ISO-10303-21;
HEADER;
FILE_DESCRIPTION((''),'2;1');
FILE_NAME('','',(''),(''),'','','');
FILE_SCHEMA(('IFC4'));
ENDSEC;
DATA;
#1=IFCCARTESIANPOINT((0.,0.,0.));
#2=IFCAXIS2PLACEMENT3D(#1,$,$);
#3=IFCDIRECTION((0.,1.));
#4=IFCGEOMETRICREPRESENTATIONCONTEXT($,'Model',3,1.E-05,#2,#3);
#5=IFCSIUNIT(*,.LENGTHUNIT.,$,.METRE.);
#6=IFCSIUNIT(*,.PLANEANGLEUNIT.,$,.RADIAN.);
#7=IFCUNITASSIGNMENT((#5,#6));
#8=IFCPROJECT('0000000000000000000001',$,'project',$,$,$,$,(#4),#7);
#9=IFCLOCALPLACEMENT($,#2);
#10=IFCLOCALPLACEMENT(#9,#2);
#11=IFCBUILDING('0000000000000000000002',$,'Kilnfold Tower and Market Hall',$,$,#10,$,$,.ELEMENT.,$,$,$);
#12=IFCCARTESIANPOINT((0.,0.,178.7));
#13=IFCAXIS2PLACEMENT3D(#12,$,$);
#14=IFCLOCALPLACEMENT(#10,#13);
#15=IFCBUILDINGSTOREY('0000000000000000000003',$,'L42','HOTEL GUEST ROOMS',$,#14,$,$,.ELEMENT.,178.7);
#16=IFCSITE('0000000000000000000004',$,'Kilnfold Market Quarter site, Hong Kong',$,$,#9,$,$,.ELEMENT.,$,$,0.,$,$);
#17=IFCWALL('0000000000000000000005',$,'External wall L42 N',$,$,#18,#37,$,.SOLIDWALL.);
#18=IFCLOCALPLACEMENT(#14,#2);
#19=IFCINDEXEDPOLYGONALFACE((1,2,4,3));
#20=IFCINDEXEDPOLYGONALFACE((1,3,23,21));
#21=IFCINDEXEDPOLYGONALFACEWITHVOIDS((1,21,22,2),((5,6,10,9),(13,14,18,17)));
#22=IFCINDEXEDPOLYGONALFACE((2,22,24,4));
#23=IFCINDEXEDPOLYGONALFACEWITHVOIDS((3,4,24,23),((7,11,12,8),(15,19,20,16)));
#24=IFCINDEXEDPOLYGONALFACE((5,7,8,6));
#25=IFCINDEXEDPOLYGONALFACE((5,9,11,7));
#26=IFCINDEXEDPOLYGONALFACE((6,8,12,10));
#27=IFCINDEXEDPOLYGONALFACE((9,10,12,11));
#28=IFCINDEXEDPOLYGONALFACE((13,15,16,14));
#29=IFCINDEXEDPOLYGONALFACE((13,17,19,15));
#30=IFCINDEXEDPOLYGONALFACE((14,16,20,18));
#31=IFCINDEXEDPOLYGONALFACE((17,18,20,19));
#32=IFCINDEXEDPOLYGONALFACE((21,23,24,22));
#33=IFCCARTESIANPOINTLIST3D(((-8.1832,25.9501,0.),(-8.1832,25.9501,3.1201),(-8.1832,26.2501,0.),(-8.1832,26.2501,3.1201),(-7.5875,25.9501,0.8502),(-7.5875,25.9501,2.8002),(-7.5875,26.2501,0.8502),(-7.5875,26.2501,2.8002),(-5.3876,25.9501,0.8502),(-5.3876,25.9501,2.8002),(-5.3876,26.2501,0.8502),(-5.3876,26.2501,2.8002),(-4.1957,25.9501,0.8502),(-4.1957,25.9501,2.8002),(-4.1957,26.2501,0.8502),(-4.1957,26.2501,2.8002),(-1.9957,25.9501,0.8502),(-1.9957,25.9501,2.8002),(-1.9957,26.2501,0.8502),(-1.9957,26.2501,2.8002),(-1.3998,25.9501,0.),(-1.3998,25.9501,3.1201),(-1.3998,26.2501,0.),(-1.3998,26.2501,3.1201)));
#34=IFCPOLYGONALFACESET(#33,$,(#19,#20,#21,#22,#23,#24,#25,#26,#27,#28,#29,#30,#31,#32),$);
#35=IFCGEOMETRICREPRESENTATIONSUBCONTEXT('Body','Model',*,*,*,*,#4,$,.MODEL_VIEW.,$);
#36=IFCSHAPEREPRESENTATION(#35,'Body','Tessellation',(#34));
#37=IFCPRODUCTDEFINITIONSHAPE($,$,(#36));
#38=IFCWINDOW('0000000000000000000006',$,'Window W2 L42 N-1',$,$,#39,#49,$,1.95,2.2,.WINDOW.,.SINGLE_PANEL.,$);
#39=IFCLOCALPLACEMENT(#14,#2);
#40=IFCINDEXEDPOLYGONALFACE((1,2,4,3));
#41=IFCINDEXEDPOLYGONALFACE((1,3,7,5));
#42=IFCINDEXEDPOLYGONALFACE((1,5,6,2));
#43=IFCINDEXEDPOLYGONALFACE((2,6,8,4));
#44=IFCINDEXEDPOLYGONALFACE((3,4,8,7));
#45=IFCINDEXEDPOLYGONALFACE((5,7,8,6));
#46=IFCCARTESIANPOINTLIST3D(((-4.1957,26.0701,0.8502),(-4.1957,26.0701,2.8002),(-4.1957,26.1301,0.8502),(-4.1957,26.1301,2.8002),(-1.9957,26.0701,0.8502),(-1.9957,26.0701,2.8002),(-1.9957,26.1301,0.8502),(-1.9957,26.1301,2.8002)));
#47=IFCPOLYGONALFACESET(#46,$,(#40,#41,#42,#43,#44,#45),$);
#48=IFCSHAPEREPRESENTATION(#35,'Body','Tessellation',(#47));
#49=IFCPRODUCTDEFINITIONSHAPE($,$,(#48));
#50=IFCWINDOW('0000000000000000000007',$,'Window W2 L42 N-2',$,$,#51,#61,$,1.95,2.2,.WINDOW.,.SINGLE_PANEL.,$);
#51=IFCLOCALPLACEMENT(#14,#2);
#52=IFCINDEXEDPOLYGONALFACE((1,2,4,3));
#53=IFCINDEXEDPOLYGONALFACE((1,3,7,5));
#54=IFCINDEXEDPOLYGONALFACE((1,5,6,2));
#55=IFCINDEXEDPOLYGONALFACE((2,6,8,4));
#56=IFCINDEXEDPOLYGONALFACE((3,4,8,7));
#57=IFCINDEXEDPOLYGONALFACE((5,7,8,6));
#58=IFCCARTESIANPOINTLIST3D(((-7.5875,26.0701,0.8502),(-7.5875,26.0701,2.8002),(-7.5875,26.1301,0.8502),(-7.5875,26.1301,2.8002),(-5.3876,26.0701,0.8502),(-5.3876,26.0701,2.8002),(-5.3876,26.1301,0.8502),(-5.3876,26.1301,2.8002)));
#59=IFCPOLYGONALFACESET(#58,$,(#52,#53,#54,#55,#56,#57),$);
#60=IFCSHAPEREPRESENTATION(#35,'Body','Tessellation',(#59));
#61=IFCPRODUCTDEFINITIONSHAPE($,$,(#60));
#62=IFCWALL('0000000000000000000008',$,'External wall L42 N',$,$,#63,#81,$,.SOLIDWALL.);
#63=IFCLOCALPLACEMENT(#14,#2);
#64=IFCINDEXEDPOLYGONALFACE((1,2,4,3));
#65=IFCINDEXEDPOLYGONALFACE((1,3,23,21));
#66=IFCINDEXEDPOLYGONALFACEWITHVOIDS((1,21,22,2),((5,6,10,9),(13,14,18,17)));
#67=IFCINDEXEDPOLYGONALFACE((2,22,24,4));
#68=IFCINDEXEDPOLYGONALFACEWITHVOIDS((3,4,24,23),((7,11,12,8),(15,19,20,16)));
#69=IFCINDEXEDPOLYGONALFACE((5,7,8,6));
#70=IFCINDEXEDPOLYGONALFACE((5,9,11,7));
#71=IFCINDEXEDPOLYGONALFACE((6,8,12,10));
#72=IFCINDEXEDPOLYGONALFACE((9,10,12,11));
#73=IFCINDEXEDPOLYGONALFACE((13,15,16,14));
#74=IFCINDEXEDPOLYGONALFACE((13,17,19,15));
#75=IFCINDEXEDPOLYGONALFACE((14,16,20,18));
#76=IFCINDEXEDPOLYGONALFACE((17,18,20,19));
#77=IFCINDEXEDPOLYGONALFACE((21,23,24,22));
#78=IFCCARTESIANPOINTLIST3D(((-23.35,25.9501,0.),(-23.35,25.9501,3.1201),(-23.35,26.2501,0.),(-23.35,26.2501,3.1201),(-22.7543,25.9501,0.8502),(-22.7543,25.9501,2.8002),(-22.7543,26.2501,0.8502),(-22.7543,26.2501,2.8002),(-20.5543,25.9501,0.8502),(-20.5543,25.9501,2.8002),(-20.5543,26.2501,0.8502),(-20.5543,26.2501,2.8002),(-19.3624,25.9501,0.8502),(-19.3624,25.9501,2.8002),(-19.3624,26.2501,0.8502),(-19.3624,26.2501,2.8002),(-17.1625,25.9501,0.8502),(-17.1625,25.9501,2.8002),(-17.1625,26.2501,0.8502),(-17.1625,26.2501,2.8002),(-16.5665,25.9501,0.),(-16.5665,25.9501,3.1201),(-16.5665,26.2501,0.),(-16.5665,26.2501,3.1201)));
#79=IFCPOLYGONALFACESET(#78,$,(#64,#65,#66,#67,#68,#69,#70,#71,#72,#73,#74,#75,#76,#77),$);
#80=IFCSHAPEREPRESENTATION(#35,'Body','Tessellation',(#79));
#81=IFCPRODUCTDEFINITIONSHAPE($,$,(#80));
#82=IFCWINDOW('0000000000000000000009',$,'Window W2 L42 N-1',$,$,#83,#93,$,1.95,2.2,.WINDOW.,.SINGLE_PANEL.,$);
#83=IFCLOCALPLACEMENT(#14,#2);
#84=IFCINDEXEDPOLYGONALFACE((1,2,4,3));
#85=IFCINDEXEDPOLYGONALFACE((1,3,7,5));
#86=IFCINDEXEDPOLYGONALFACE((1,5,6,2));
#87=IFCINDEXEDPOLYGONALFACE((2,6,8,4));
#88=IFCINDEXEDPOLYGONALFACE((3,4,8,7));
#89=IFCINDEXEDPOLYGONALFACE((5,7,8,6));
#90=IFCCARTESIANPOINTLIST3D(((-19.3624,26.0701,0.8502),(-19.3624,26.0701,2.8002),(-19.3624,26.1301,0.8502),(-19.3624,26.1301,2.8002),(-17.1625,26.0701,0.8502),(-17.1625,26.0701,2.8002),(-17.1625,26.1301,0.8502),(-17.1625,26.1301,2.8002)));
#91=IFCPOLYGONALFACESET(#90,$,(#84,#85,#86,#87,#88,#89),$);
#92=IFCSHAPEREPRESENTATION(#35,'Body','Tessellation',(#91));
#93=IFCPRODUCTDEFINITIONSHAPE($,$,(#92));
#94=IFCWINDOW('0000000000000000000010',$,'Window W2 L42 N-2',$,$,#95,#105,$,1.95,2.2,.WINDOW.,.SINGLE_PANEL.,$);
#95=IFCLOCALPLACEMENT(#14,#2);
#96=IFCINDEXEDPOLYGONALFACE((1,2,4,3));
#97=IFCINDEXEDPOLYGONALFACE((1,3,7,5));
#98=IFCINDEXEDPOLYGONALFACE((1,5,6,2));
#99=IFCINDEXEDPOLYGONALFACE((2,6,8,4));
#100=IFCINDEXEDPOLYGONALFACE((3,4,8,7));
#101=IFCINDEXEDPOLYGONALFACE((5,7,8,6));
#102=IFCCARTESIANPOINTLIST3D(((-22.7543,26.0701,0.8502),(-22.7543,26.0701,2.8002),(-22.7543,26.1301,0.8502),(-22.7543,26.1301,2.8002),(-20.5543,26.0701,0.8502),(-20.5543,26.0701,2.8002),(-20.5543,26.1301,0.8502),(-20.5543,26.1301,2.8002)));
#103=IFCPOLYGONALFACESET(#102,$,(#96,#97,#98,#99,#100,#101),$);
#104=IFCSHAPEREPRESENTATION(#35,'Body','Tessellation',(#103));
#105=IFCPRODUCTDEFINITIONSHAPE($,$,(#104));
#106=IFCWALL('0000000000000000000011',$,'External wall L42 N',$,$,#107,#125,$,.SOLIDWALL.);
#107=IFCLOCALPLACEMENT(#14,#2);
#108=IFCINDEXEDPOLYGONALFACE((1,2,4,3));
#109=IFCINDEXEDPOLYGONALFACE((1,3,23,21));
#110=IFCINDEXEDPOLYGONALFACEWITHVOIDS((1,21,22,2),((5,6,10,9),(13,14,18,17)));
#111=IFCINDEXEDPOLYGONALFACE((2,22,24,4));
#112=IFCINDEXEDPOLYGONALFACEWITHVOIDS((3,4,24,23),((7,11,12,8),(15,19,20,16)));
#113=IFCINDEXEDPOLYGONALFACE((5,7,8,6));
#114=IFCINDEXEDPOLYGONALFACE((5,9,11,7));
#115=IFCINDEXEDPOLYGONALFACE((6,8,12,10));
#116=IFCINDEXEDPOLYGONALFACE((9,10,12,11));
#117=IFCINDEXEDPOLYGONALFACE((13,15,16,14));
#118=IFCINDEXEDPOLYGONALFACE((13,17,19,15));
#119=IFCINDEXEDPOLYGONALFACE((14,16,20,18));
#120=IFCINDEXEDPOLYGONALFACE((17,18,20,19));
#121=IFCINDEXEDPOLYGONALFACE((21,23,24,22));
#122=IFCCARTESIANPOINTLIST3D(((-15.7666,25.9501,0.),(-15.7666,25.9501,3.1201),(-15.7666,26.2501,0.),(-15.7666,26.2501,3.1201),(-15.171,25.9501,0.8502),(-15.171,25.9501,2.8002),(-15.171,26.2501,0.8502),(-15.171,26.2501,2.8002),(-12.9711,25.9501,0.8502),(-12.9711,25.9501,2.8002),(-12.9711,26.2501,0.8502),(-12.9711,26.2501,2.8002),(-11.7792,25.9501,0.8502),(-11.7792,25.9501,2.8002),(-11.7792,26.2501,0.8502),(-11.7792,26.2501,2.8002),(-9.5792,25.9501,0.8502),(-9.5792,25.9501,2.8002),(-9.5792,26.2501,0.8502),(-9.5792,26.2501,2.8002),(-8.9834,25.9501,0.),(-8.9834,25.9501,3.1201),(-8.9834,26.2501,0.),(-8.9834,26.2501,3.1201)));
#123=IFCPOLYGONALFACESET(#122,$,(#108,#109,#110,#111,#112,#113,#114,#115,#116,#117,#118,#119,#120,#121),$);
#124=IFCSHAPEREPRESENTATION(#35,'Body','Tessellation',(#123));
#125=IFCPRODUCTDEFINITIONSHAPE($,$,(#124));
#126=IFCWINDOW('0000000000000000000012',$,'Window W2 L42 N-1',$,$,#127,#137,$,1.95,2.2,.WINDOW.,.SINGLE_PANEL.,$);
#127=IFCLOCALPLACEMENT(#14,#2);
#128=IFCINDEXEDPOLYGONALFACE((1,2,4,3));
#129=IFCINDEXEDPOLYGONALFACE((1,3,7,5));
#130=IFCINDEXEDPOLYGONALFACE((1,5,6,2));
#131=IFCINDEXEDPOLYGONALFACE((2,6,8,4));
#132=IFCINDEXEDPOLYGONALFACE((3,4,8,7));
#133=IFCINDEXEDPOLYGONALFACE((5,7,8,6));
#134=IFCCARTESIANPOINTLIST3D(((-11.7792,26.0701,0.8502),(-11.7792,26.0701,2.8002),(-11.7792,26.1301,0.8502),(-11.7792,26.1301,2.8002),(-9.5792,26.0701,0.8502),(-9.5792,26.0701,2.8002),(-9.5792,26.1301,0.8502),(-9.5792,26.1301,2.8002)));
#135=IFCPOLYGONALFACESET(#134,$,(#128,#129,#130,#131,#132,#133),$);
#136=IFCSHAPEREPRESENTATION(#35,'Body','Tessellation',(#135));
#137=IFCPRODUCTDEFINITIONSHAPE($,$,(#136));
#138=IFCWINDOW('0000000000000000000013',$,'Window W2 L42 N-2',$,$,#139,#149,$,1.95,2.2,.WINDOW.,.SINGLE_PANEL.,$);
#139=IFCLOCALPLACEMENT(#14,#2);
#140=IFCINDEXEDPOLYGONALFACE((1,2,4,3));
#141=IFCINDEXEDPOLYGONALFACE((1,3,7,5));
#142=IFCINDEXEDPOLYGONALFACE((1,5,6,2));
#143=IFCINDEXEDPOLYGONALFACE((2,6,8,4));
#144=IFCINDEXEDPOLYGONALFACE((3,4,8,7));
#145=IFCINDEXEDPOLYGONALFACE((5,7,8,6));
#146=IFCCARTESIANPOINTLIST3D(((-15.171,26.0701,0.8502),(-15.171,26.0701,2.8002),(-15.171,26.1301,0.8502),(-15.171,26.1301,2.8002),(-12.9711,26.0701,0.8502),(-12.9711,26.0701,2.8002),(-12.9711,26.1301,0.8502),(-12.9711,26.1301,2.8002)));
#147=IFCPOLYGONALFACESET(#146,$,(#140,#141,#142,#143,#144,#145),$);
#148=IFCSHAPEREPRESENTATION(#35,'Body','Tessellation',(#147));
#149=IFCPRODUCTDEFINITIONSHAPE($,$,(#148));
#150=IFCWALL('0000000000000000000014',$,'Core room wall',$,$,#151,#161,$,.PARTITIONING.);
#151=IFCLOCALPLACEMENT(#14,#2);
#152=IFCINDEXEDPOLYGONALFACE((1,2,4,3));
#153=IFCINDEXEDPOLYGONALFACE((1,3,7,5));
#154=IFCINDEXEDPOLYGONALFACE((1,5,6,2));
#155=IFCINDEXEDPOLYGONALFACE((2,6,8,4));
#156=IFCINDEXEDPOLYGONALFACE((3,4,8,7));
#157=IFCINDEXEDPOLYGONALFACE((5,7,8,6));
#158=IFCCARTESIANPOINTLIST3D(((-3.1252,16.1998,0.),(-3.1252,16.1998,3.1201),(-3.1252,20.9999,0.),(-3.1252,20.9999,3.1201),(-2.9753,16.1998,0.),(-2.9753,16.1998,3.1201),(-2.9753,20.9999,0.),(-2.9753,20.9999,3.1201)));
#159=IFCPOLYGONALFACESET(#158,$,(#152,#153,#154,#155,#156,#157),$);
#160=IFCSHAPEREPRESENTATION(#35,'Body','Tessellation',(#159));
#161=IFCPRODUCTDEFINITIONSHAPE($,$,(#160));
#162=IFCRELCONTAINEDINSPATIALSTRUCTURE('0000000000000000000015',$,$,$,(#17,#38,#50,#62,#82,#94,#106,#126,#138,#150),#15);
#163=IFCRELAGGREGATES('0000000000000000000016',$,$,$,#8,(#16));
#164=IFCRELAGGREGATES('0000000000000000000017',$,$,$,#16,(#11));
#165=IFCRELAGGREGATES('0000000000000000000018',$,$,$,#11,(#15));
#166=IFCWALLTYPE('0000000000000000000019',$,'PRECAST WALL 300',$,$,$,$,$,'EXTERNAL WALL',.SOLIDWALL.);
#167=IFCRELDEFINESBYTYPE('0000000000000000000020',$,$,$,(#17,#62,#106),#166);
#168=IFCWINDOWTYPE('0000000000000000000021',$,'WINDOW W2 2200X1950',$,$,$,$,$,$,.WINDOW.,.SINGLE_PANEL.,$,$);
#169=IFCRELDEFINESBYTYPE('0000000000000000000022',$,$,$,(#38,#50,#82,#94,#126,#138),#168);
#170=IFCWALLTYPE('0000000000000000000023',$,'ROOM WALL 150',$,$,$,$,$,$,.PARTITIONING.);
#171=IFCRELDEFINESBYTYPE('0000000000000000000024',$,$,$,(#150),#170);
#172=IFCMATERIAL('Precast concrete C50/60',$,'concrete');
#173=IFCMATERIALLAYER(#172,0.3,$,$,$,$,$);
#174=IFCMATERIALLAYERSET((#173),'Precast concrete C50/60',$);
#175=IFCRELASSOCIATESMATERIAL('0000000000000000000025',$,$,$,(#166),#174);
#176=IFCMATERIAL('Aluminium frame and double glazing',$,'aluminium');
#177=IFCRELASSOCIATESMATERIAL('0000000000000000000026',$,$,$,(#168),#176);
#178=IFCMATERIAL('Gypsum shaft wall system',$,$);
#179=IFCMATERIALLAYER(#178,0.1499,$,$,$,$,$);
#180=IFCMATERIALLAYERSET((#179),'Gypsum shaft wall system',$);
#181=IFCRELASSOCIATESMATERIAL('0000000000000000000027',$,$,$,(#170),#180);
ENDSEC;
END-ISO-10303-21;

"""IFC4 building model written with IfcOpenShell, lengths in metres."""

from ifc_helpers import new_model, si_unit, direction, frame, frame_2d, origin, place, context, subcontext, project, spatial, rectangle, extrude, source, transform, mapped, material, layer, layer_set, type_object, element, fill, save


model = new_model("IFC4")

# Units and contexts
model_context = context("Model", 3, precision=1e-05, world=origin(), true_north=direction((0.0, 1.0)))
body_context = subcontext(model_context, "Body", "Model", "MODEL_VIEW")
ifc_project = project(units=[si_unit("LENGTHUNIT", "METRE"), si_unit("PLANEANGLEUNIT", "RADIAN")], contexts=[model_context])

# Site, building, storey
site_placement = place(None, origin())
site = spatial("IfcSite", under=ifc_project, at=site_placement, Name="Kilnfold Market Quarter site, Hong Kong", CompositionType="ELEMENT", RefElevation=0.0)
building_placement = place(site_placement, origin())
building = spatial("IfcBuilding", under=site, at=building_placement, Name="Kilnfold Tower and Market Hall", CompositionType="ELEMENT")
storey_placement = place(building_placement, frame((0.0, 0.0, 178.7)))
storey = spatial("IfcBuildingStorey", under=building, at=storey_placement, Name="L42", Description="HOTEL GUEST ROOMS", CompositionType="ELEMENT", Elevation=178.7)

# Walls, openings, windows
ifc_material_1 = material(Name="Precast concrete C50/60", Category="concrete")
ifc_layer_1 = layer(ifc_material_1, 0.3)
ifc_layer_set_1 = layer_set([ifc_layer_1], Name="Precast concrete C50/60")
wall_type_1 = type_object("IfcWallType", Name="PRECAST WALL 300", ElementType="EXTERNAL WALL", PredefinedType="SOLIDWALL", material=ifc_layer_set_1)
shared_shape_1 = source(origin(), body_context, "Body", "SweptSolid", [
    extrude(rectangle(XDim=6.7834, YDim=0.3, at=frame_2d((3.3916, 0.0))), origin(), (0.0, 0.0, 1.0), 3.1201),
])
wall_1_placement = place(storey_placement, frame((-1.3999, 26.1001, 0.0), z_axis=(0.0, 0.0, 1.0), x_axis=(-1.0, 0.0, 0.0)))
wall_1 = element("IfcWall", 1, at=wall_1_placement, inside=storey, type_object=wall_type_1, Name="External wall L42 N", PredefinedType="SOLIDWALL", context=body_context, shape_type="MappedRepresentation", body=[
    mapped(shared_shape_1, transform((0.0, 0.0, 0.0))),
])
opening_1_placement = place(wall_1_placement, frame((0.5957, 0.0, 0.8501)))
opening_1 = element("IfcOpeningElement", 2, at=opening_1_placement, cuts=wall_1, PredefinedType="OPENING", context=body_context, shape_type="SweptSolid", body=[
    extrude(rectangle(XDim=2.2, YDim=1.95, at=frame_2d((1.1001, 0.9751))), frame((0.0, 0.1602, 0.0), z_axis=(0.0, -1.0, 0.0), x_axis=(1.0, 0.0, 0.0)), (0.0, 0.0, 1.0), 0.3201),
])
opening_2_placement = place(wall_1_placement, frame((3.9875, 0.0, 0.8501)))
opening_2 = element("IfcOpeningElement", 3, at=opening_2_placement, cuts=wall_1, PredefinedType="OPENING", context=body_context, shape_type="SweptSolid", body=[
    extrude(rectangle(XDim=2.2, YDim=1.95, at=frame_2d((1.1001, 0.9751))), frame((0.0, 0.1602, 0.0), z_axis=(0.0, -1.0, 0.0), x_axis=(1.0, 0.0, 0.0)), (0.0, 0.0, 1.0), 0.3201),
])
ifc_material_2 = material(Name="Aluminium frame and double glazing", Category="aluminium")
window_type = type_object("IfcWindowType", Name="WINDOW W2 2200X1950", PartitioningType="SINGLE_PANEL", PredefinedType="WINDOW", material=ifc_material_2)
window_1_placement = place(opening_1_placement, origin())
window_1 = element("IfcWindow", 4, at=window_1_placement, inside=storey, type_object=window_type, Name="Window W2 L42 N-1", OverallHeight=1.95, OverallWidth=2.2, PartitioningType="SINGLE_PANEL", PredefinedType="WINDOW", context=body_context, shape_type="SweptSolid", body=[
    extrude(rectangle(XDim=2.2, YDim=1.95, at=frame_2d((1.1001, 0.9751))), frame((0.0, 0.03, 0.0), z_axis=(0.0, -1.0, 0.0), x_axis=(1.0, 0.0, 0.0)), (0.0, 0.0, 1.0), 0.0601),
])
fill(opening_1, window_1)
window_2_placement = place(opening_2_placement, origin())
window_2 = element("IfcWindow", 5, at=window_2_placement, inside=storey, type_object=window_type, Name="Window W2 L42 N-2", OverallHeight=1.95, OverallWidth=2.2, PartitioningType="SINGLE_PANEL", PredefinedType="WINDOW", context=body_context, shape_type="SweptSolid", body=[
    extrude(rectangle(XDim=2.2, YDim=1.95, at=frame_2d((1.1001, 0.9751))), frame((0.0, 0.03, 0.0), z_axis=(0.0, -1.0, 0.0), x_axis=(1.0, 0.0, 0.0)), (0.0, 0.0, 1.0), 0.0601),
])
fill(opening_2, window_2)
wall_2_placement = place(storey_placement, frame((-16.5667, 26.1001, 0.0), z_axis=(0.0, 0.0, 1.0), x_axis=(-1.0, 0.0, 0.0)))
wall_2 = element("IfcWall", 6, at=wall_2_placement, inside=storey, type_object=wall_type_1, Name="External wall L42 N", PredefinedType="SOLIDWALL", context=body_context, shape_type="MappedRepresentation", body=[
    mapped(shared_shape_1, transform((0.0, 0.0, 0.0))),
])
opening_3_placement = place(wall_2_placement, frame((0.5957, 0.0, 0.8501)))
opening_3 = element("IfcOpeningElement", 7, at=opening_3_placement, cuts=wall_2, PredefinedType="OPENING", context=body_context, shape_type="SweptSolid", body=[
    extrude(rectangle(XDim=2.2, YDim=1.95, at=frame_2d((1.1001, 0.9751))), frame((0.0, 0.1602, 0.0), z_axis=(0.0, -1.0, 0.0), x_axis=(1.0, 0.0, 0.0)), (0.0, 0.0, 1.0), 0.3201),
])
opening_4_placement = place(wall_2_placement, frame((3.9875, 0.0, 0.8501)))
opening_4 = element("IfcOpeningElement", 8, at=opening_4_placement, cuts=wall_2, PredefinedType="OPENING", context=body_context, shape_type="SweptSolid", body=[
    extrude(rectangle(XDim=2.2, YDim=1.95, at=frame_2d((1.1001, 0.9751))), frame((0.0, 0.1602, 0.0), z_axis=(0.0, -1.0, 0.0), x_axis=(1.0, 0.0, 0.0)), (0.0, 0.0, 1.0), 0.3201),
])
window_3_placement = place(opening_3_placement, origin())
window_3 = element("IfcWindow", 9, at=window_3_placement, inside=storey, type_object=window_type, Name="Window W2 L42 N-1", OverallHeight=1.95, OverallWidth=2.2, PartitioningType="SINGLE_PANEL", PredefinedType="WINDOW", context=body_context, shape_type="SweptSolid", body=[
    extrude(rectangle(XDim=2.2, YDim=1.95, at=frame_2d((1.1001, 0.9751))), frame((0.0, 0.03, 0.0), z_axis=(0.0, -1.0, 0.0), x_axis=(1.0, 0.0, 0.0)), (0.0, 0.0, 1.0), 0.0601),
])
fill(opening_3, window_3)
window_4_placement = place(opening_4_placement, origin())
window_4 = element("IfcWindow", 10, at=window_4_placement, inside=storey, type_object=window_type, Name="Window W2 L42 N-2", OverallHeight=1.95, OverallWidth=2.2, PartitioningType="SINGLE_PANEL", PredefinedType="WINDOW", context=body_context, shape_type="SweptSolid", body=[
    extrude(rectangle(XDim=2.2, YDim=1.95, at=frame_2d((1.1001, 0.9751))), frame((0.0, 0.03, 0.0), z_axis=(0.0, -1.0, 0.0), x_axis=(1.0, 0.0, 0.0)), (0.0, 0.0, 1.0), 0.0601),
])
fill(opening_4, window_4)
shared_shape_2 = source(origin(), body_context, "Body", "SweptSolid", [
    extrude(rectangle(XDim=6.7832, YDim=0.3, at=frame_2d((3.3916, 0.0))), origin(), (0.0, 0.0, 1.0), 3.1201),
])
wall_3_placement = place(storey_placement, frame((-8.9834, 26.1001, 0.0), z_axis=(0.0, 0.0, 1.0), x_axis=(-1.0, 0.0, 0.0)))
wall_3 = element("IfcWall", 11, at=wall_3_placement, inside=storey, type_object=wall_type_1, Name="External wall L42 N", PredefinedType="SOLIDWALL", context=body_context, shape_type="MappedRepresentation", body=[
    mapped(shared_shape_2, transform((0.0, 0.0, 0.0))),
])
opening_5_placement = place(wall_3_placement, frame((0.5957, 0.0, 0.8501)))
opening_5 = element("IfcOpeningElement", 12, at=opening_5_placement, cuts=wall_3, PredefinedType="OPENING", context=body_context, shape_type="SweptSolid", body=[
    extrude(rectangle(XDim=2.2, YDim=1.95, at=frame_2d((1.1001, 0.9751))), frame((0.0, 0.1602, 0.0), z_axis=(0.0, -1.0, 0.0), x_axis=(1.0, 0.0, 0.0)), (0.0, 0.0, 1.0), 0.3201),
])
opening_6_placement = place(wall_3_placement, frame((3.9875, 0.0, 0.8501)))
opening_6 = element("IfcOpeningElement", 13, at=opening_6_placement, cuts=wall_3, PredefinedType="OPENING", context=body_context, shape_type="SweptSolid", body=[
    extrude(rectangle(XDim=2.2, YDim=1.95, at=frame_2d((1.1001, 0.9751))), frame((0.0, 0.1602, 0.0), z_axis=(0.0, -1.0, 0.0), x_axis=(1.0, 0.0, 0.0)), (0.0, 0.0, 1.0), 0.3201),
])
window_5_placement = place(opening_5_placement, origin())
window_5 = element("IfcWindow", 14, at=window_5_placement, inside=storey, type_object=window_type, Name="Window W2 L42 N-1", OverallHeight=1.95, OverallWidth=2.2, PartitioningType="SINGLE_PANEL", PredefinedType="WINDOW", context=body_context, shape_type="SweptSolid", body=[
    extrude(rectangle(XDim=2.2, YDim=1.95, at=frame_2d((1.1001, 0.9751))), frame((0.0, 0.03, 0.0), z_axis=(0.0, -1.0, 0.0), x_axis=(1.0, 0.0, 0.0)), (0.0, 0.0, 1.0), 0.0601),
])
fill(opening_5, window_5)
window_6_placement = place(opening_6_placement, origin())
window_6 = element("IfcWindow", 15, at=window_6_placement, inside=storey, type_object=window_type, Name="Window W2 L42 N-2", OverallHeight=1.95, OverallWidth=2.2, PartitioningType="SINGLE_PANEL", PredefinedType="WINDOW", context=body_context, shape_type="SweptSolid", body=[
    extrude(rectangle(XDim=2.2, YDim=1.95, at=frame_2d((1.1001, 0.9751))), frame((0.0, 0.03, 0.0), z_axis=(0.0, -1.0, 0.0), x_axis=(1.0, 0.0, 0.0)), (0.0, 0.0, 1.0), 0.0601),
])
fill(opening_6, window_6)

# Wall
ifc_material_3 = material(Name="Gypsum shaft wall system")
ifc_layer_2 = layer(ifc_material_3, 0.1499)
ifc_layer_set_2 = layer_set([ifc_layer_2], Name="Gypsum shaft wall system")
wall_type_2 = type_object("IfcWallType", Name="ROOM WALL 150", PredefinedType="PARTITIONING", material=ifc_layer_set_2)
shared_shape_3 = source(origin(), body_context, "Body", "SweptSolid", [
    extrude(rectangle(XDim=4.8, YDim=0.1499, at=frame_2d((2.3999, 0.0))), origin(), (0.0, 0.0, 1.0), 3.1201),
])
wall_4_placement = place(storey_placement, frame((-3.0503, 16.2, 0.0), z_axis=(0.0, 0.0, 1.0), x_axis=(0.0, 1.0, 0.0)))
element("IfcWall", 16, at=wall_4_placement, inside=storey, type_object=wall_type_2, Name="Core room wall", PredefinedType="PARTITIONING", context=body_context, shape_type="MappedRepresentation", body=[
    mapped(shared_shape_3, transform((0.0, 0.0, 0.0))),
])

save(model, "model.ifc")
